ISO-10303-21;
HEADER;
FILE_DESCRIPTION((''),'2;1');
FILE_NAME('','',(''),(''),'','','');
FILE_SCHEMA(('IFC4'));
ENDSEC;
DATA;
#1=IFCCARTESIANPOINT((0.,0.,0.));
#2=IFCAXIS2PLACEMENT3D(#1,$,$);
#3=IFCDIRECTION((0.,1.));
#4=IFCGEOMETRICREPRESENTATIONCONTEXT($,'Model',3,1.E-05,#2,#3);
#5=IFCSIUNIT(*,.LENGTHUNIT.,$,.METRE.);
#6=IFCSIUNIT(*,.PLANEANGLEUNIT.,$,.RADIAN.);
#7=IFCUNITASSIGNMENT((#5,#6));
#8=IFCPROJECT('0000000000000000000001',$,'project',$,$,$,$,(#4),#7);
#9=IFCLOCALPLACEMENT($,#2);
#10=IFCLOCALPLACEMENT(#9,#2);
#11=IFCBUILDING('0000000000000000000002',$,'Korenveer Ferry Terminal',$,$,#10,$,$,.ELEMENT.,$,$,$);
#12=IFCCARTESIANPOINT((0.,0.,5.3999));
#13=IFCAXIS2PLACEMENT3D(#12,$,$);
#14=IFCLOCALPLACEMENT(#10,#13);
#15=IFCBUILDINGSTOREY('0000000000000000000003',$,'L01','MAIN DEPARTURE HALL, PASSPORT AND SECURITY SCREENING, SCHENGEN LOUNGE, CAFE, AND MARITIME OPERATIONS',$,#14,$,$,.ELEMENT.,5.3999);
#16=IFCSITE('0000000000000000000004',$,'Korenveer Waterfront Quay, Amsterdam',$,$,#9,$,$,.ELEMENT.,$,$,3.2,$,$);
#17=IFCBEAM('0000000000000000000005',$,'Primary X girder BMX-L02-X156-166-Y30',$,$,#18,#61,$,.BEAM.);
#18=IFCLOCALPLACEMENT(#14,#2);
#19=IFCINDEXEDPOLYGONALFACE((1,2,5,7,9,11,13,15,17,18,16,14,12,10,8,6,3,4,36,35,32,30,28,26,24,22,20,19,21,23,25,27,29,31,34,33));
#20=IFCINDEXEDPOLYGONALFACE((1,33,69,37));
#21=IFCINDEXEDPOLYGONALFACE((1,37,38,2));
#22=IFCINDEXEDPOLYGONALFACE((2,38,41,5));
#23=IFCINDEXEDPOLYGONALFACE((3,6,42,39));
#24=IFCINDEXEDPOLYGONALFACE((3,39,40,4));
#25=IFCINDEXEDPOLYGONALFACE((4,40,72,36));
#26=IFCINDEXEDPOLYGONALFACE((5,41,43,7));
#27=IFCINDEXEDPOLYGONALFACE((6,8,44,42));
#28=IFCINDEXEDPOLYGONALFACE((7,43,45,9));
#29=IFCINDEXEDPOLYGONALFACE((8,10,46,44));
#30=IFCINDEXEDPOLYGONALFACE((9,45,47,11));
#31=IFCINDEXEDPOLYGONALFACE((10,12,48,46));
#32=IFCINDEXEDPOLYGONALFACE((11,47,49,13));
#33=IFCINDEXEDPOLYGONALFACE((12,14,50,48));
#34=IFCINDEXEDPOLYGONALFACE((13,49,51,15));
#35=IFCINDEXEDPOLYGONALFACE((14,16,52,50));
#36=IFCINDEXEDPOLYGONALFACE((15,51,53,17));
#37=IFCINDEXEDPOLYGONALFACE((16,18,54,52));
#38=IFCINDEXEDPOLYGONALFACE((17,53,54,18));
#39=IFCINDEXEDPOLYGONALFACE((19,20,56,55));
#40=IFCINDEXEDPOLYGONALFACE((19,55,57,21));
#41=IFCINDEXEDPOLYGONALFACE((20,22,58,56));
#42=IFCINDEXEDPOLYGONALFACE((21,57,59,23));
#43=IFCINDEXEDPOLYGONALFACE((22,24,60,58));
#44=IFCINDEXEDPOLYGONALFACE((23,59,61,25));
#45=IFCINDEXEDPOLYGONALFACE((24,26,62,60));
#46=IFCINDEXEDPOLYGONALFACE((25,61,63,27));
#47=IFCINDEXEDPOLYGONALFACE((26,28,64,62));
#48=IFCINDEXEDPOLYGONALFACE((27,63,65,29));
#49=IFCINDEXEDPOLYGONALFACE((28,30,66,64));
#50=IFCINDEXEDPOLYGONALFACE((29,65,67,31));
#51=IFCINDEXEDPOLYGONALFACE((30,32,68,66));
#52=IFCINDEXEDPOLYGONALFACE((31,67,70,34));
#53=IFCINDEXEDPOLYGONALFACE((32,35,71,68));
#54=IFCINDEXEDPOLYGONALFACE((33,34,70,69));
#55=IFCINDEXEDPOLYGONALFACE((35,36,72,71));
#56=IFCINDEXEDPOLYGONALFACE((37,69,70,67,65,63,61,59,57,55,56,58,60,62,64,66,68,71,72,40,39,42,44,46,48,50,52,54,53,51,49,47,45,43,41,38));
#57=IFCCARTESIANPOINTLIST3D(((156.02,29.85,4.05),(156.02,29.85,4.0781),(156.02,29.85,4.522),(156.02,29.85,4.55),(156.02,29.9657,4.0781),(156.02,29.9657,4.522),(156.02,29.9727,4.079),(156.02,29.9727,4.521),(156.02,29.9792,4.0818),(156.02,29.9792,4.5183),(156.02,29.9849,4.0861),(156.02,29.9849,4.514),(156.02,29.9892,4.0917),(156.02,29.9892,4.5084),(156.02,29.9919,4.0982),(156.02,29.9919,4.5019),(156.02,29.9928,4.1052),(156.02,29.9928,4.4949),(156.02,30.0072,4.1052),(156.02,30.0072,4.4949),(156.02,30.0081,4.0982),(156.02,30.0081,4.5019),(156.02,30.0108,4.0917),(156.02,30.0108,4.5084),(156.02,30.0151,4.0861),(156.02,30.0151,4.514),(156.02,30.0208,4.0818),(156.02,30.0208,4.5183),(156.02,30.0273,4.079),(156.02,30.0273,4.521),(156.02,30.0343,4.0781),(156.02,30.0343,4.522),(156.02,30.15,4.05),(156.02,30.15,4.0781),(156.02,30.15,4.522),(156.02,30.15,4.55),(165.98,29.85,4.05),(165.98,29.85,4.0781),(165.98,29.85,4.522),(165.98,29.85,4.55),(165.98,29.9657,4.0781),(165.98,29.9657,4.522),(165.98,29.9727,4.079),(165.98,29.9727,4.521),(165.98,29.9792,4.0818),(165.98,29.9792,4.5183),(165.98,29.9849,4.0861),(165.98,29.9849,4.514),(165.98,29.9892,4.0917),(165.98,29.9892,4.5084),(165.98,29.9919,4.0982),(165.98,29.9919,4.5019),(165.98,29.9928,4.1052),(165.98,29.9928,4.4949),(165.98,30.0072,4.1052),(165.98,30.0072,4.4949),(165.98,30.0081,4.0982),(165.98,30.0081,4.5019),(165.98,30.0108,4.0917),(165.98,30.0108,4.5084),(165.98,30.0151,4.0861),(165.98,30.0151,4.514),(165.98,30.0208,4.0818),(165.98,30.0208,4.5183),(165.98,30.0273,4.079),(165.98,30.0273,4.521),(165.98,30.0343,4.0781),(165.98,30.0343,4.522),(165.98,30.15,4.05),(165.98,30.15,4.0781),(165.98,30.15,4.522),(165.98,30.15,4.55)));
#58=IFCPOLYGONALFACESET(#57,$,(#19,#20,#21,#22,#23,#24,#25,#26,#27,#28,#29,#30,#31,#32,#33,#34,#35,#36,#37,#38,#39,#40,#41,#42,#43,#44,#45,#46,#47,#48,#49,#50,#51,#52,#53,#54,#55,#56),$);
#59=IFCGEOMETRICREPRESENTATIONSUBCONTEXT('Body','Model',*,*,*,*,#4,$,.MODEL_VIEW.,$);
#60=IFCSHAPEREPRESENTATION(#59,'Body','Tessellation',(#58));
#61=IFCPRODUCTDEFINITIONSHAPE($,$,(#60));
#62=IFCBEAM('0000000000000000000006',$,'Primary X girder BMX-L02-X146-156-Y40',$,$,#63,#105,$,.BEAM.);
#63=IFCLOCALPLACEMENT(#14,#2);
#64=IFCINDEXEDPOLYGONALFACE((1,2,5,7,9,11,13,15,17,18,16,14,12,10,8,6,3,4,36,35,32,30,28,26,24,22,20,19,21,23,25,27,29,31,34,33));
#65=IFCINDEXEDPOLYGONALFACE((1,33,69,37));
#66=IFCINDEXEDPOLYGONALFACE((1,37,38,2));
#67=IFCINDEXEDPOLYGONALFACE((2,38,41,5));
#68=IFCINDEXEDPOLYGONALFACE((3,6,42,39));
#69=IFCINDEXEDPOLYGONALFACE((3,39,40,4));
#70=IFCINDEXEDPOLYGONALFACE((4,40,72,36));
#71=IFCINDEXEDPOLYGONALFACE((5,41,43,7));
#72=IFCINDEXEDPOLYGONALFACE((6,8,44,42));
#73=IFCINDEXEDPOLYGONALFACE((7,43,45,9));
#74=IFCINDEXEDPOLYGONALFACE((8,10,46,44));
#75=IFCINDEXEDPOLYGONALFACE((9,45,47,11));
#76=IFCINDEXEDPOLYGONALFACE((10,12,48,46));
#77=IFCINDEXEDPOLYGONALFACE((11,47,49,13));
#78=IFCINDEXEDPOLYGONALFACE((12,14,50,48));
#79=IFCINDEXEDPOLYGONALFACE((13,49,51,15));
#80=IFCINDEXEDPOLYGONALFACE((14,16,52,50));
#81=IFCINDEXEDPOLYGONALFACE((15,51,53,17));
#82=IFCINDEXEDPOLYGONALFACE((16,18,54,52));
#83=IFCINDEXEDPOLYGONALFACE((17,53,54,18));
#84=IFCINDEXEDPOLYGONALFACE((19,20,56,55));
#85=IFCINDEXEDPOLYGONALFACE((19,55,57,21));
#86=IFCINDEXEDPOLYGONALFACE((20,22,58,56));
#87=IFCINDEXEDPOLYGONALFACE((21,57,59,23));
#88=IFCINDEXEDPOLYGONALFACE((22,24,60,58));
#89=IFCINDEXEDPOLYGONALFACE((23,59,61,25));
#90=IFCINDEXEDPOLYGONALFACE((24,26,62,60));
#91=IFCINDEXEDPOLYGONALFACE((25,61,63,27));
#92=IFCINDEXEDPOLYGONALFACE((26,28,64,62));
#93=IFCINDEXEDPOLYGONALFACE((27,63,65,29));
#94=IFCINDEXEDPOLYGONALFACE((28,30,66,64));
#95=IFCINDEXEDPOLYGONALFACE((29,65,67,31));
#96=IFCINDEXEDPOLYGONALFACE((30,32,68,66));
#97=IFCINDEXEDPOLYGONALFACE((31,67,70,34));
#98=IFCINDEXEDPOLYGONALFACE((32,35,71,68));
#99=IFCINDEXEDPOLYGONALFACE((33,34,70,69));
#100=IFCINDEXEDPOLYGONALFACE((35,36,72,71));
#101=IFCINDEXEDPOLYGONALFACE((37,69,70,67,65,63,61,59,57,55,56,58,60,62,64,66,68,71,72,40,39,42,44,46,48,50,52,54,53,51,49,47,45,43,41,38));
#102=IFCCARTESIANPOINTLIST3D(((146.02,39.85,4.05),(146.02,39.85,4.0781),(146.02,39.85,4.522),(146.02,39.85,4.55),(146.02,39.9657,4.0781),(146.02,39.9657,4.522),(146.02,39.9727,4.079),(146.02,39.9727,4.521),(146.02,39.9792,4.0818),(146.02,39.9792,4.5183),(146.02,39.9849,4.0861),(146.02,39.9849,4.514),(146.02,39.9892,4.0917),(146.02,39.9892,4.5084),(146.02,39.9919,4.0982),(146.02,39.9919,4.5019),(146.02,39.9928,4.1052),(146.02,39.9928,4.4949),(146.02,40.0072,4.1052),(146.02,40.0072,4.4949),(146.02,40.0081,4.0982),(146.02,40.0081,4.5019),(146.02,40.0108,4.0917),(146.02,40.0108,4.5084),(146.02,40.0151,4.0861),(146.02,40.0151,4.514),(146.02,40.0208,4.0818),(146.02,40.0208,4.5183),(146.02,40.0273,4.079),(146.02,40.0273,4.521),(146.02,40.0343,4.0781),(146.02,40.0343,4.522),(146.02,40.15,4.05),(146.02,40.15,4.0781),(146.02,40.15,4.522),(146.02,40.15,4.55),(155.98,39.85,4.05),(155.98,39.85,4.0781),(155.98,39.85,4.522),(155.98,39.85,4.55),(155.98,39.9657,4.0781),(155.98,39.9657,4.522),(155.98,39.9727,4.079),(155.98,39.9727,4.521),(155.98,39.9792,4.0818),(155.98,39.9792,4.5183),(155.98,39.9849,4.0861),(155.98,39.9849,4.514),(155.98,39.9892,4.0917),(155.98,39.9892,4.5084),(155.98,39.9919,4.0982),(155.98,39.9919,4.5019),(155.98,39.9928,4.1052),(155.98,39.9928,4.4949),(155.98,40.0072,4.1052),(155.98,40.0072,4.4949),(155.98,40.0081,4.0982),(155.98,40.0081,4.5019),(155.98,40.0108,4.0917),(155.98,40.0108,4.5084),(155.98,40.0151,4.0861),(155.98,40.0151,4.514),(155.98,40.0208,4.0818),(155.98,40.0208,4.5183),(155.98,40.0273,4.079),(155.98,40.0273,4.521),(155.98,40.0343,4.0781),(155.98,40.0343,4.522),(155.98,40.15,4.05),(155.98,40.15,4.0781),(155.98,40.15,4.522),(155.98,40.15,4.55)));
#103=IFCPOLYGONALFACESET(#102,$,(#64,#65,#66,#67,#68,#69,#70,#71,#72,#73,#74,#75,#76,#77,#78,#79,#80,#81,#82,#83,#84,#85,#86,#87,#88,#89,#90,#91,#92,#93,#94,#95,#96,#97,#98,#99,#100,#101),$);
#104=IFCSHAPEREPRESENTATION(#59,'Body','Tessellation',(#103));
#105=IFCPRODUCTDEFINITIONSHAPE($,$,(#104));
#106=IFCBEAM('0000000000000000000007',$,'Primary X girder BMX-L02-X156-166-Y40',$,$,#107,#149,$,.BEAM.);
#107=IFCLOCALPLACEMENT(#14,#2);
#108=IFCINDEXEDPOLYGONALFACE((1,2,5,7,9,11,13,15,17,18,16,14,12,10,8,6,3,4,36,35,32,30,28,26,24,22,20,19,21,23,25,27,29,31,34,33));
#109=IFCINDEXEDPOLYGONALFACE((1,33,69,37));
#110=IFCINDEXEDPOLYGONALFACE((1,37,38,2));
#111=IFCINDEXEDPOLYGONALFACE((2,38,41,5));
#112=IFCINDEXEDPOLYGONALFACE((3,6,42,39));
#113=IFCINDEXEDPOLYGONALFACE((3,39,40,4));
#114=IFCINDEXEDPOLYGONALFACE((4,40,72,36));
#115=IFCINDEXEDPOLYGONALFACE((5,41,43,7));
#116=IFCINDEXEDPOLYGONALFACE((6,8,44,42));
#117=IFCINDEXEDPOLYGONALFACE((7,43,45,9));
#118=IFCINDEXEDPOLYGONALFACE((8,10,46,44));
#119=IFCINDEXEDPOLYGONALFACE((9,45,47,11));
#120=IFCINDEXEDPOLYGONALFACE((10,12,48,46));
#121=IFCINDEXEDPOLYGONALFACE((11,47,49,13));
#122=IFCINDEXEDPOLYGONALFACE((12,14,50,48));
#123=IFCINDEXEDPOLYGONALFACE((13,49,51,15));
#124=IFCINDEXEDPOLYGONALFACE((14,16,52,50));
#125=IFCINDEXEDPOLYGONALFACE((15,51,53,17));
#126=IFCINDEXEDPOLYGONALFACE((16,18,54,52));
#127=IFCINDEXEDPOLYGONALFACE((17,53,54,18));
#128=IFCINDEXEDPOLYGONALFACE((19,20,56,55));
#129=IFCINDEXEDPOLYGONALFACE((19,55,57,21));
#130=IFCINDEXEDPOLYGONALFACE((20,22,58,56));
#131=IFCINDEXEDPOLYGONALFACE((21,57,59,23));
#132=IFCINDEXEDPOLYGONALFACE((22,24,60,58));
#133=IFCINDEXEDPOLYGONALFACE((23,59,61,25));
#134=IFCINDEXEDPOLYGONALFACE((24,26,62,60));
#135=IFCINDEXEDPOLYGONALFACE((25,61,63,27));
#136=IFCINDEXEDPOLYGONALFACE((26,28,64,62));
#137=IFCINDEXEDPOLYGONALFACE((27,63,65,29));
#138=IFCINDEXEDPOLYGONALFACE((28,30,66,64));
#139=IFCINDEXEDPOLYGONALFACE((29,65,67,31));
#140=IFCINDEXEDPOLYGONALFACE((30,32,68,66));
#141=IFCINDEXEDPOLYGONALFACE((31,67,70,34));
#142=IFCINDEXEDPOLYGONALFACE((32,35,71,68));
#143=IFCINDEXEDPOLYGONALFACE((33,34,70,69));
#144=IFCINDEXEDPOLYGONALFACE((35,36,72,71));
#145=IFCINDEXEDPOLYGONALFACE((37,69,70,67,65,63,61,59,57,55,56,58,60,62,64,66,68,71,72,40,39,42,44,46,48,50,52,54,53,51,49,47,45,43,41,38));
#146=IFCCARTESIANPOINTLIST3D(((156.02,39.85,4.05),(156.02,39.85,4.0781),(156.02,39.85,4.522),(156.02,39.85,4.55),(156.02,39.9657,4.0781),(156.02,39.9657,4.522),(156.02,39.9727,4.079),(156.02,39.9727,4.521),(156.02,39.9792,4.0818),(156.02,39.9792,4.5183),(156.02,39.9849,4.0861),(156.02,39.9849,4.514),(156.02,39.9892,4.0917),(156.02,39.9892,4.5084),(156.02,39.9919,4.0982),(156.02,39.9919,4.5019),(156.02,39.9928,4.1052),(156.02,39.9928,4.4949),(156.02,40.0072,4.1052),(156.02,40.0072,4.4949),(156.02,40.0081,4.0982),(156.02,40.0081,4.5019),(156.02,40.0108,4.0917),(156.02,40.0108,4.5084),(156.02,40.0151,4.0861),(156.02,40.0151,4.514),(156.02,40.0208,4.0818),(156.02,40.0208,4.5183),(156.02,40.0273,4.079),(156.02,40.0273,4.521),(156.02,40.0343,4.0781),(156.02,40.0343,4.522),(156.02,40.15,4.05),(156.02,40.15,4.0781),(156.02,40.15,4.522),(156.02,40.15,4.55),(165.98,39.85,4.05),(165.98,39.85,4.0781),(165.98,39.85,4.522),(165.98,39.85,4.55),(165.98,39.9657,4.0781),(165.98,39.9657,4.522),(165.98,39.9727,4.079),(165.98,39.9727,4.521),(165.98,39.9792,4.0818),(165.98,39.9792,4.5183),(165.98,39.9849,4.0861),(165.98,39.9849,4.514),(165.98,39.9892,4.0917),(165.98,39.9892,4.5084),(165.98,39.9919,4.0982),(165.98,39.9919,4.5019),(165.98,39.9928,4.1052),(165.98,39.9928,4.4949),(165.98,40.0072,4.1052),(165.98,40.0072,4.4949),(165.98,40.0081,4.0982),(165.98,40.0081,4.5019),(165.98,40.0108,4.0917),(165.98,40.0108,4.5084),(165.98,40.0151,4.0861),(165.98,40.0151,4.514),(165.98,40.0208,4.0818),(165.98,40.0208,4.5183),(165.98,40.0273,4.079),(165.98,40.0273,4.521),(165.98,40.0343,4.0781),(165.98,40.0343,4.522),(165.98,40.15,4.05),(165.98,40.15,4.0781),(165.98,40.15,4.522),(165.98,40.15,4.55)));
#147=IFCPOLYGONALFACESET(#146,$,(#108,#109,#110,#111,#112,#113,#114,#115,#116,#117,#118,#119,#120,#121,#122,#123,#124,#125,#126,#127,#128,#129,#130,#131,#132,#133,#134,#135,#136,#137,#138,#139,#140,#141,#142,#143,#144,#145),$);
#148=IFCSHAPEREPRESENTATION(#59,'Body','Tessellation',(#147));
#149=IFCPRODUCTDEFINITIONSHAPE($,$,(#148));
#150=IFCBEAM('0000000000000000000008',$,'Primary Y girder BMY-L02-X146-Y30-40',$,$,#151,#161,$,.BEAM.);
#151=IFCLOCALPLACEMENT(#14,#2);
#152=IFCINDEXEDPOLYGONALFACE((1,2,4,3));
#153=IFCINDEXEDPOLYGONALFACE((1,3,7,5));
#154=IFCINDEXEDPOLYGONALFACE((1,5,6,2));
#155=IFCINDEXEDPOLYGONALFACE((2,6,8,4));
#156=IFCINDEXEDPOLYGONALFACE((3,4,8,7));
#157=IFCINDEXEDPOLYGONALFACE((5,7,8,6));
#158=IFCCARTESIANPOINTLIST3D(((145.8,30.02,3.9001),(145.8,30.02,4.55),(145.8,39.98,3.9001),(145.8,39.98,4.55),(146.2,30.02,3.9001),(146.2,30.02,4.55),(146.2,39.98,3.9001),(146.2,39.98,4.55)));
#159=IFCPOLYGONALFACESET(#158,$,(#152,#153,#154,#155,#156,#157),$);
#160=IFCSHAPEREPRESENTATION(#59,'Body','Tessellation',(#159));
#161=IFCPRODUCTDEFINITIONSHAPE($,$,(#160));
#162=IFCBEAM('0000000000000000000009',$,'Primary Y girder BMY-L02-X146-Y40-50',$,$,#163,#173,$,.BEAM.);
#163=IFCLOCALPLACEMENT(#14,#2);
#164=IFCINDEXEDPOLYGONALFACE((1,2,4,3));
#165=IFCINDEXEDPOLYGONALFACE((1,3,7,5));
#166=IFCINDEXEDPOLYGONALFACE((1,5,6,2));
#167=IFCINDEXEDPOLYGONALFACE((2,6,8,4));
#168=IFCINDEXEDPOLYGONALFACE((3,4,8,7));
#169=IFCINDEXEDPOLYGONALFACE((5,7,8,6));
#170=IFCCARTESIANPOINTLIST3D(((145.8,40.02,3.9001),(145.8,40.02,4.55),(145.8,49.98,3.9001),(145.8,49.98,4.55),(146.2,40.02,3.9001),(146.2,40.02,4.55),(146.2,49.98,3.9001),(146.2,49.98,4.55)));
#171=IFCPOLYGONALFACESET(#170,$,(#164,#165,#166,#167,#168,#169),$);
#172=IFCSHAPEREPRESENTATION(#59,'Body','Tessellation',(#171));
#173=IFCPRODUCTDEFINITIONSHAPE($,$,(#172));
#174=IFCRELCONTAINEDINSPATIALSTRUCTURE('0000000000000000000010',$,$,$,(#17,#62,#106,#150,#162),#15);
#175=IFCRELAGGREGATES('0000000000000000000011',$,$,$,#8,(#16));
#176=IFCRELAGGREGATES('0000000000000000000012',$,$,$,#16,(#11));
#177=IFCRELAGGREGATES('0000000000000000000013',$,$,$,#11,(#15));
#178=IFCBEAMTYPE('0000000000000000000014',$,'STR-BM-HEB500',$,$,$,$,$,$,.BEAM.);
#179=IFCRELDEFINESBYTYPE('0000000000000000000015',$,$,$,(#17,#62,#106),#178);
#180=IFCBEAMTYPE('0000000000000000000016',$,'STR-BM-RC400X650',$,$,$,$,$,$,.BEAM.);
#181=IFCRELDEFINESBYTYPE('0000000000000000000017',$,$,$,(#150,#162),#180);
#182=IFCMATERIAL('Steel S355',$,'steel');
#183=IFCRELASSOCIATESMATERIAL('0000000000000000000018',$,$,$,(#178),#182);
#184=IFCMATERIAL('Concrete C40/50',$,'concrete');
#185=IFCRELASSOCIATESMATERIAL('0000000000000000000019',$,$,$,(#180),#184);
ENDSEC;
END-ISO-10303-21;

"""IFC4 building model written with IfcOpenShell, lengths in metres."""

from ifc_helpers import new_model, si_unit, direction, frame, origin, origin_2d, place, context, subcontext, project, spatial, rectangle, i_section, extrude, material, material_profile, profile_set, type_object, element, save


model = new_model("IFC4")

# Units and contexts
model_context = context("Model", 3, precision=1e-05, world=origin(), true_north=direction((0.0, 1.0)))
body_context = subcontext(model_context, "Body", "Model", "MODEL_VIEW")
ifc_project = project(units=[si_unit("LENGTHUNIT", "METRE"), si_unit("PLANEANGLEUNIT", "RADIAN")], contexts=[model_context])

# Site, building, storey
site_placement = place(None, origin())
site = spatial("IfcSite", under=ifc_project, at=site_placement, Name="Korenveer Waterfront Quay, Amsterdam", CompositionType="ELEMENT", RefElevation=3.2)
building_placement = place(site_placement, origin())
building = spatial("IfcBuilding", under=site, at=building_placement, Name="Korenveer Ferry Terminal", CompositionType="ELEMENT")
storey_placement = place(building_placement, frame((0.0, 0.0, 5.3999)))
storey = spatial("IfcBuildingStorey", under=building, at=storey_placement, Name="L01", Description="MAIN DEPARTURE HALL, PASSPORT AND SECURITY SCREENING, SCHENGEN LOUNGE, CAFE, AND MARITIME OPERATIONS", CompositionType="ELEMENT", Elevation=5.3999)

# Beams
ifc_material_1 = material(Name="Steel S355", Category="steel")
ifc_material_profile_1 = material_profile(ifc_material_1, i_section(OverallWidth=0.3, OverallDepth=0.5, WebThickness=0.0144, FlangeThickness=0.0281, FilletRadius=0.0271, at=origin_2d()), Name="HEB 500")
ifc_profile_set_1 = profile_set([ifc_material_profile_1], Name="Steel S355")
beam_type_1 = type_object("IfcBeamType", Name="STR-BM-HEB500", PredefinedType="BEAM", material=ifc_profile_set_1)
for number, where, z_axis, x_axis, name in (
    (1, (156.02, 30.0, 4.3), (1.0, 0.0, 0.0), (0.0, 1.0, 0.0), "Primary X girder BMX-L02-X156-166-Y30"),
    (2, (146.02, 40.0, 4.3), (1.0, 0.0, 0.0), (0.0, 1.0, 0.0), "Primary X girder BMX-L02-X146-156-Y40"),
    (3, (156.02, 40.0, 4.3), (1.0, 0.0, 0.0), (0.0, 1.0, 0.0), "Primary X girder BMX-L02-X156-166-Y40"),
):
    element("IfcBeam", number, at=place(storey_placement, frame(where, z_axis=z_axis, x_axis=x_axis)), inside=storey, type_object=beam_type_1, Name=name, PredefinedType="BEAM", context=body_context, shape_type="SweptSolid", body=[
        extrude(i_section(OverallWidth=0.3, OverallDepth=0.5, WebThickness=0.0144, FlangeThickness=0.0281, FilletRadius=0.0271, at=origin_2d()), origin(), (0.0, 0.0, 1.0), 9.96),
    ])
ifc_material_2 = material(Name="Concrete C40/50", Category="concrete")
ifc_material_profile_2 = material_profile(ifc_material_2, rectangle(XDim=0.3999, YDim=0.6499, at=origin_2d()), Name="RC 400x650")
ifc_profile_set_2 = profile_set([ifc_material_profile_2], Name="Concrete C40/50")
beam_type_2 = type_object("IfcBeamType", Name="STR-BM-RC400X650", PredefinedType="BEAM", material=ifc_profile_set_2)
for number, where, z_axis, x_axis, name in (
    (4, (146.0, 30.02, 4.2251), (0.0, 1.0, 0.0), (-1.0, 0.0, 0.0), "Primary Y girder BMY-L02-X146-Y30-40"),
    (5, (146.0, 40.02, 4.2251), (0.0, 1.0, 0.0), (-1.0, 0.0, 0.0), "Primary Y girder BMY-L02-X146-Y40-50"),
):
    element("IfcBeam", number, at=place(storey_placement, frame(where, z_axis=z_axis, x_axis=x_axis)), inside=storey, type_object=beam_type_2, Name=name, PredefinedType="BEAM", context=body_context, shape_type="SweptSolid", body=[
        extrude(rectangle(XDim=0.3999, YDim=0.6499, at=origin_2d()), origin(), (0.0, 0.0, 1.0), 9.96),
    ])

save(model, "model.ifc")
